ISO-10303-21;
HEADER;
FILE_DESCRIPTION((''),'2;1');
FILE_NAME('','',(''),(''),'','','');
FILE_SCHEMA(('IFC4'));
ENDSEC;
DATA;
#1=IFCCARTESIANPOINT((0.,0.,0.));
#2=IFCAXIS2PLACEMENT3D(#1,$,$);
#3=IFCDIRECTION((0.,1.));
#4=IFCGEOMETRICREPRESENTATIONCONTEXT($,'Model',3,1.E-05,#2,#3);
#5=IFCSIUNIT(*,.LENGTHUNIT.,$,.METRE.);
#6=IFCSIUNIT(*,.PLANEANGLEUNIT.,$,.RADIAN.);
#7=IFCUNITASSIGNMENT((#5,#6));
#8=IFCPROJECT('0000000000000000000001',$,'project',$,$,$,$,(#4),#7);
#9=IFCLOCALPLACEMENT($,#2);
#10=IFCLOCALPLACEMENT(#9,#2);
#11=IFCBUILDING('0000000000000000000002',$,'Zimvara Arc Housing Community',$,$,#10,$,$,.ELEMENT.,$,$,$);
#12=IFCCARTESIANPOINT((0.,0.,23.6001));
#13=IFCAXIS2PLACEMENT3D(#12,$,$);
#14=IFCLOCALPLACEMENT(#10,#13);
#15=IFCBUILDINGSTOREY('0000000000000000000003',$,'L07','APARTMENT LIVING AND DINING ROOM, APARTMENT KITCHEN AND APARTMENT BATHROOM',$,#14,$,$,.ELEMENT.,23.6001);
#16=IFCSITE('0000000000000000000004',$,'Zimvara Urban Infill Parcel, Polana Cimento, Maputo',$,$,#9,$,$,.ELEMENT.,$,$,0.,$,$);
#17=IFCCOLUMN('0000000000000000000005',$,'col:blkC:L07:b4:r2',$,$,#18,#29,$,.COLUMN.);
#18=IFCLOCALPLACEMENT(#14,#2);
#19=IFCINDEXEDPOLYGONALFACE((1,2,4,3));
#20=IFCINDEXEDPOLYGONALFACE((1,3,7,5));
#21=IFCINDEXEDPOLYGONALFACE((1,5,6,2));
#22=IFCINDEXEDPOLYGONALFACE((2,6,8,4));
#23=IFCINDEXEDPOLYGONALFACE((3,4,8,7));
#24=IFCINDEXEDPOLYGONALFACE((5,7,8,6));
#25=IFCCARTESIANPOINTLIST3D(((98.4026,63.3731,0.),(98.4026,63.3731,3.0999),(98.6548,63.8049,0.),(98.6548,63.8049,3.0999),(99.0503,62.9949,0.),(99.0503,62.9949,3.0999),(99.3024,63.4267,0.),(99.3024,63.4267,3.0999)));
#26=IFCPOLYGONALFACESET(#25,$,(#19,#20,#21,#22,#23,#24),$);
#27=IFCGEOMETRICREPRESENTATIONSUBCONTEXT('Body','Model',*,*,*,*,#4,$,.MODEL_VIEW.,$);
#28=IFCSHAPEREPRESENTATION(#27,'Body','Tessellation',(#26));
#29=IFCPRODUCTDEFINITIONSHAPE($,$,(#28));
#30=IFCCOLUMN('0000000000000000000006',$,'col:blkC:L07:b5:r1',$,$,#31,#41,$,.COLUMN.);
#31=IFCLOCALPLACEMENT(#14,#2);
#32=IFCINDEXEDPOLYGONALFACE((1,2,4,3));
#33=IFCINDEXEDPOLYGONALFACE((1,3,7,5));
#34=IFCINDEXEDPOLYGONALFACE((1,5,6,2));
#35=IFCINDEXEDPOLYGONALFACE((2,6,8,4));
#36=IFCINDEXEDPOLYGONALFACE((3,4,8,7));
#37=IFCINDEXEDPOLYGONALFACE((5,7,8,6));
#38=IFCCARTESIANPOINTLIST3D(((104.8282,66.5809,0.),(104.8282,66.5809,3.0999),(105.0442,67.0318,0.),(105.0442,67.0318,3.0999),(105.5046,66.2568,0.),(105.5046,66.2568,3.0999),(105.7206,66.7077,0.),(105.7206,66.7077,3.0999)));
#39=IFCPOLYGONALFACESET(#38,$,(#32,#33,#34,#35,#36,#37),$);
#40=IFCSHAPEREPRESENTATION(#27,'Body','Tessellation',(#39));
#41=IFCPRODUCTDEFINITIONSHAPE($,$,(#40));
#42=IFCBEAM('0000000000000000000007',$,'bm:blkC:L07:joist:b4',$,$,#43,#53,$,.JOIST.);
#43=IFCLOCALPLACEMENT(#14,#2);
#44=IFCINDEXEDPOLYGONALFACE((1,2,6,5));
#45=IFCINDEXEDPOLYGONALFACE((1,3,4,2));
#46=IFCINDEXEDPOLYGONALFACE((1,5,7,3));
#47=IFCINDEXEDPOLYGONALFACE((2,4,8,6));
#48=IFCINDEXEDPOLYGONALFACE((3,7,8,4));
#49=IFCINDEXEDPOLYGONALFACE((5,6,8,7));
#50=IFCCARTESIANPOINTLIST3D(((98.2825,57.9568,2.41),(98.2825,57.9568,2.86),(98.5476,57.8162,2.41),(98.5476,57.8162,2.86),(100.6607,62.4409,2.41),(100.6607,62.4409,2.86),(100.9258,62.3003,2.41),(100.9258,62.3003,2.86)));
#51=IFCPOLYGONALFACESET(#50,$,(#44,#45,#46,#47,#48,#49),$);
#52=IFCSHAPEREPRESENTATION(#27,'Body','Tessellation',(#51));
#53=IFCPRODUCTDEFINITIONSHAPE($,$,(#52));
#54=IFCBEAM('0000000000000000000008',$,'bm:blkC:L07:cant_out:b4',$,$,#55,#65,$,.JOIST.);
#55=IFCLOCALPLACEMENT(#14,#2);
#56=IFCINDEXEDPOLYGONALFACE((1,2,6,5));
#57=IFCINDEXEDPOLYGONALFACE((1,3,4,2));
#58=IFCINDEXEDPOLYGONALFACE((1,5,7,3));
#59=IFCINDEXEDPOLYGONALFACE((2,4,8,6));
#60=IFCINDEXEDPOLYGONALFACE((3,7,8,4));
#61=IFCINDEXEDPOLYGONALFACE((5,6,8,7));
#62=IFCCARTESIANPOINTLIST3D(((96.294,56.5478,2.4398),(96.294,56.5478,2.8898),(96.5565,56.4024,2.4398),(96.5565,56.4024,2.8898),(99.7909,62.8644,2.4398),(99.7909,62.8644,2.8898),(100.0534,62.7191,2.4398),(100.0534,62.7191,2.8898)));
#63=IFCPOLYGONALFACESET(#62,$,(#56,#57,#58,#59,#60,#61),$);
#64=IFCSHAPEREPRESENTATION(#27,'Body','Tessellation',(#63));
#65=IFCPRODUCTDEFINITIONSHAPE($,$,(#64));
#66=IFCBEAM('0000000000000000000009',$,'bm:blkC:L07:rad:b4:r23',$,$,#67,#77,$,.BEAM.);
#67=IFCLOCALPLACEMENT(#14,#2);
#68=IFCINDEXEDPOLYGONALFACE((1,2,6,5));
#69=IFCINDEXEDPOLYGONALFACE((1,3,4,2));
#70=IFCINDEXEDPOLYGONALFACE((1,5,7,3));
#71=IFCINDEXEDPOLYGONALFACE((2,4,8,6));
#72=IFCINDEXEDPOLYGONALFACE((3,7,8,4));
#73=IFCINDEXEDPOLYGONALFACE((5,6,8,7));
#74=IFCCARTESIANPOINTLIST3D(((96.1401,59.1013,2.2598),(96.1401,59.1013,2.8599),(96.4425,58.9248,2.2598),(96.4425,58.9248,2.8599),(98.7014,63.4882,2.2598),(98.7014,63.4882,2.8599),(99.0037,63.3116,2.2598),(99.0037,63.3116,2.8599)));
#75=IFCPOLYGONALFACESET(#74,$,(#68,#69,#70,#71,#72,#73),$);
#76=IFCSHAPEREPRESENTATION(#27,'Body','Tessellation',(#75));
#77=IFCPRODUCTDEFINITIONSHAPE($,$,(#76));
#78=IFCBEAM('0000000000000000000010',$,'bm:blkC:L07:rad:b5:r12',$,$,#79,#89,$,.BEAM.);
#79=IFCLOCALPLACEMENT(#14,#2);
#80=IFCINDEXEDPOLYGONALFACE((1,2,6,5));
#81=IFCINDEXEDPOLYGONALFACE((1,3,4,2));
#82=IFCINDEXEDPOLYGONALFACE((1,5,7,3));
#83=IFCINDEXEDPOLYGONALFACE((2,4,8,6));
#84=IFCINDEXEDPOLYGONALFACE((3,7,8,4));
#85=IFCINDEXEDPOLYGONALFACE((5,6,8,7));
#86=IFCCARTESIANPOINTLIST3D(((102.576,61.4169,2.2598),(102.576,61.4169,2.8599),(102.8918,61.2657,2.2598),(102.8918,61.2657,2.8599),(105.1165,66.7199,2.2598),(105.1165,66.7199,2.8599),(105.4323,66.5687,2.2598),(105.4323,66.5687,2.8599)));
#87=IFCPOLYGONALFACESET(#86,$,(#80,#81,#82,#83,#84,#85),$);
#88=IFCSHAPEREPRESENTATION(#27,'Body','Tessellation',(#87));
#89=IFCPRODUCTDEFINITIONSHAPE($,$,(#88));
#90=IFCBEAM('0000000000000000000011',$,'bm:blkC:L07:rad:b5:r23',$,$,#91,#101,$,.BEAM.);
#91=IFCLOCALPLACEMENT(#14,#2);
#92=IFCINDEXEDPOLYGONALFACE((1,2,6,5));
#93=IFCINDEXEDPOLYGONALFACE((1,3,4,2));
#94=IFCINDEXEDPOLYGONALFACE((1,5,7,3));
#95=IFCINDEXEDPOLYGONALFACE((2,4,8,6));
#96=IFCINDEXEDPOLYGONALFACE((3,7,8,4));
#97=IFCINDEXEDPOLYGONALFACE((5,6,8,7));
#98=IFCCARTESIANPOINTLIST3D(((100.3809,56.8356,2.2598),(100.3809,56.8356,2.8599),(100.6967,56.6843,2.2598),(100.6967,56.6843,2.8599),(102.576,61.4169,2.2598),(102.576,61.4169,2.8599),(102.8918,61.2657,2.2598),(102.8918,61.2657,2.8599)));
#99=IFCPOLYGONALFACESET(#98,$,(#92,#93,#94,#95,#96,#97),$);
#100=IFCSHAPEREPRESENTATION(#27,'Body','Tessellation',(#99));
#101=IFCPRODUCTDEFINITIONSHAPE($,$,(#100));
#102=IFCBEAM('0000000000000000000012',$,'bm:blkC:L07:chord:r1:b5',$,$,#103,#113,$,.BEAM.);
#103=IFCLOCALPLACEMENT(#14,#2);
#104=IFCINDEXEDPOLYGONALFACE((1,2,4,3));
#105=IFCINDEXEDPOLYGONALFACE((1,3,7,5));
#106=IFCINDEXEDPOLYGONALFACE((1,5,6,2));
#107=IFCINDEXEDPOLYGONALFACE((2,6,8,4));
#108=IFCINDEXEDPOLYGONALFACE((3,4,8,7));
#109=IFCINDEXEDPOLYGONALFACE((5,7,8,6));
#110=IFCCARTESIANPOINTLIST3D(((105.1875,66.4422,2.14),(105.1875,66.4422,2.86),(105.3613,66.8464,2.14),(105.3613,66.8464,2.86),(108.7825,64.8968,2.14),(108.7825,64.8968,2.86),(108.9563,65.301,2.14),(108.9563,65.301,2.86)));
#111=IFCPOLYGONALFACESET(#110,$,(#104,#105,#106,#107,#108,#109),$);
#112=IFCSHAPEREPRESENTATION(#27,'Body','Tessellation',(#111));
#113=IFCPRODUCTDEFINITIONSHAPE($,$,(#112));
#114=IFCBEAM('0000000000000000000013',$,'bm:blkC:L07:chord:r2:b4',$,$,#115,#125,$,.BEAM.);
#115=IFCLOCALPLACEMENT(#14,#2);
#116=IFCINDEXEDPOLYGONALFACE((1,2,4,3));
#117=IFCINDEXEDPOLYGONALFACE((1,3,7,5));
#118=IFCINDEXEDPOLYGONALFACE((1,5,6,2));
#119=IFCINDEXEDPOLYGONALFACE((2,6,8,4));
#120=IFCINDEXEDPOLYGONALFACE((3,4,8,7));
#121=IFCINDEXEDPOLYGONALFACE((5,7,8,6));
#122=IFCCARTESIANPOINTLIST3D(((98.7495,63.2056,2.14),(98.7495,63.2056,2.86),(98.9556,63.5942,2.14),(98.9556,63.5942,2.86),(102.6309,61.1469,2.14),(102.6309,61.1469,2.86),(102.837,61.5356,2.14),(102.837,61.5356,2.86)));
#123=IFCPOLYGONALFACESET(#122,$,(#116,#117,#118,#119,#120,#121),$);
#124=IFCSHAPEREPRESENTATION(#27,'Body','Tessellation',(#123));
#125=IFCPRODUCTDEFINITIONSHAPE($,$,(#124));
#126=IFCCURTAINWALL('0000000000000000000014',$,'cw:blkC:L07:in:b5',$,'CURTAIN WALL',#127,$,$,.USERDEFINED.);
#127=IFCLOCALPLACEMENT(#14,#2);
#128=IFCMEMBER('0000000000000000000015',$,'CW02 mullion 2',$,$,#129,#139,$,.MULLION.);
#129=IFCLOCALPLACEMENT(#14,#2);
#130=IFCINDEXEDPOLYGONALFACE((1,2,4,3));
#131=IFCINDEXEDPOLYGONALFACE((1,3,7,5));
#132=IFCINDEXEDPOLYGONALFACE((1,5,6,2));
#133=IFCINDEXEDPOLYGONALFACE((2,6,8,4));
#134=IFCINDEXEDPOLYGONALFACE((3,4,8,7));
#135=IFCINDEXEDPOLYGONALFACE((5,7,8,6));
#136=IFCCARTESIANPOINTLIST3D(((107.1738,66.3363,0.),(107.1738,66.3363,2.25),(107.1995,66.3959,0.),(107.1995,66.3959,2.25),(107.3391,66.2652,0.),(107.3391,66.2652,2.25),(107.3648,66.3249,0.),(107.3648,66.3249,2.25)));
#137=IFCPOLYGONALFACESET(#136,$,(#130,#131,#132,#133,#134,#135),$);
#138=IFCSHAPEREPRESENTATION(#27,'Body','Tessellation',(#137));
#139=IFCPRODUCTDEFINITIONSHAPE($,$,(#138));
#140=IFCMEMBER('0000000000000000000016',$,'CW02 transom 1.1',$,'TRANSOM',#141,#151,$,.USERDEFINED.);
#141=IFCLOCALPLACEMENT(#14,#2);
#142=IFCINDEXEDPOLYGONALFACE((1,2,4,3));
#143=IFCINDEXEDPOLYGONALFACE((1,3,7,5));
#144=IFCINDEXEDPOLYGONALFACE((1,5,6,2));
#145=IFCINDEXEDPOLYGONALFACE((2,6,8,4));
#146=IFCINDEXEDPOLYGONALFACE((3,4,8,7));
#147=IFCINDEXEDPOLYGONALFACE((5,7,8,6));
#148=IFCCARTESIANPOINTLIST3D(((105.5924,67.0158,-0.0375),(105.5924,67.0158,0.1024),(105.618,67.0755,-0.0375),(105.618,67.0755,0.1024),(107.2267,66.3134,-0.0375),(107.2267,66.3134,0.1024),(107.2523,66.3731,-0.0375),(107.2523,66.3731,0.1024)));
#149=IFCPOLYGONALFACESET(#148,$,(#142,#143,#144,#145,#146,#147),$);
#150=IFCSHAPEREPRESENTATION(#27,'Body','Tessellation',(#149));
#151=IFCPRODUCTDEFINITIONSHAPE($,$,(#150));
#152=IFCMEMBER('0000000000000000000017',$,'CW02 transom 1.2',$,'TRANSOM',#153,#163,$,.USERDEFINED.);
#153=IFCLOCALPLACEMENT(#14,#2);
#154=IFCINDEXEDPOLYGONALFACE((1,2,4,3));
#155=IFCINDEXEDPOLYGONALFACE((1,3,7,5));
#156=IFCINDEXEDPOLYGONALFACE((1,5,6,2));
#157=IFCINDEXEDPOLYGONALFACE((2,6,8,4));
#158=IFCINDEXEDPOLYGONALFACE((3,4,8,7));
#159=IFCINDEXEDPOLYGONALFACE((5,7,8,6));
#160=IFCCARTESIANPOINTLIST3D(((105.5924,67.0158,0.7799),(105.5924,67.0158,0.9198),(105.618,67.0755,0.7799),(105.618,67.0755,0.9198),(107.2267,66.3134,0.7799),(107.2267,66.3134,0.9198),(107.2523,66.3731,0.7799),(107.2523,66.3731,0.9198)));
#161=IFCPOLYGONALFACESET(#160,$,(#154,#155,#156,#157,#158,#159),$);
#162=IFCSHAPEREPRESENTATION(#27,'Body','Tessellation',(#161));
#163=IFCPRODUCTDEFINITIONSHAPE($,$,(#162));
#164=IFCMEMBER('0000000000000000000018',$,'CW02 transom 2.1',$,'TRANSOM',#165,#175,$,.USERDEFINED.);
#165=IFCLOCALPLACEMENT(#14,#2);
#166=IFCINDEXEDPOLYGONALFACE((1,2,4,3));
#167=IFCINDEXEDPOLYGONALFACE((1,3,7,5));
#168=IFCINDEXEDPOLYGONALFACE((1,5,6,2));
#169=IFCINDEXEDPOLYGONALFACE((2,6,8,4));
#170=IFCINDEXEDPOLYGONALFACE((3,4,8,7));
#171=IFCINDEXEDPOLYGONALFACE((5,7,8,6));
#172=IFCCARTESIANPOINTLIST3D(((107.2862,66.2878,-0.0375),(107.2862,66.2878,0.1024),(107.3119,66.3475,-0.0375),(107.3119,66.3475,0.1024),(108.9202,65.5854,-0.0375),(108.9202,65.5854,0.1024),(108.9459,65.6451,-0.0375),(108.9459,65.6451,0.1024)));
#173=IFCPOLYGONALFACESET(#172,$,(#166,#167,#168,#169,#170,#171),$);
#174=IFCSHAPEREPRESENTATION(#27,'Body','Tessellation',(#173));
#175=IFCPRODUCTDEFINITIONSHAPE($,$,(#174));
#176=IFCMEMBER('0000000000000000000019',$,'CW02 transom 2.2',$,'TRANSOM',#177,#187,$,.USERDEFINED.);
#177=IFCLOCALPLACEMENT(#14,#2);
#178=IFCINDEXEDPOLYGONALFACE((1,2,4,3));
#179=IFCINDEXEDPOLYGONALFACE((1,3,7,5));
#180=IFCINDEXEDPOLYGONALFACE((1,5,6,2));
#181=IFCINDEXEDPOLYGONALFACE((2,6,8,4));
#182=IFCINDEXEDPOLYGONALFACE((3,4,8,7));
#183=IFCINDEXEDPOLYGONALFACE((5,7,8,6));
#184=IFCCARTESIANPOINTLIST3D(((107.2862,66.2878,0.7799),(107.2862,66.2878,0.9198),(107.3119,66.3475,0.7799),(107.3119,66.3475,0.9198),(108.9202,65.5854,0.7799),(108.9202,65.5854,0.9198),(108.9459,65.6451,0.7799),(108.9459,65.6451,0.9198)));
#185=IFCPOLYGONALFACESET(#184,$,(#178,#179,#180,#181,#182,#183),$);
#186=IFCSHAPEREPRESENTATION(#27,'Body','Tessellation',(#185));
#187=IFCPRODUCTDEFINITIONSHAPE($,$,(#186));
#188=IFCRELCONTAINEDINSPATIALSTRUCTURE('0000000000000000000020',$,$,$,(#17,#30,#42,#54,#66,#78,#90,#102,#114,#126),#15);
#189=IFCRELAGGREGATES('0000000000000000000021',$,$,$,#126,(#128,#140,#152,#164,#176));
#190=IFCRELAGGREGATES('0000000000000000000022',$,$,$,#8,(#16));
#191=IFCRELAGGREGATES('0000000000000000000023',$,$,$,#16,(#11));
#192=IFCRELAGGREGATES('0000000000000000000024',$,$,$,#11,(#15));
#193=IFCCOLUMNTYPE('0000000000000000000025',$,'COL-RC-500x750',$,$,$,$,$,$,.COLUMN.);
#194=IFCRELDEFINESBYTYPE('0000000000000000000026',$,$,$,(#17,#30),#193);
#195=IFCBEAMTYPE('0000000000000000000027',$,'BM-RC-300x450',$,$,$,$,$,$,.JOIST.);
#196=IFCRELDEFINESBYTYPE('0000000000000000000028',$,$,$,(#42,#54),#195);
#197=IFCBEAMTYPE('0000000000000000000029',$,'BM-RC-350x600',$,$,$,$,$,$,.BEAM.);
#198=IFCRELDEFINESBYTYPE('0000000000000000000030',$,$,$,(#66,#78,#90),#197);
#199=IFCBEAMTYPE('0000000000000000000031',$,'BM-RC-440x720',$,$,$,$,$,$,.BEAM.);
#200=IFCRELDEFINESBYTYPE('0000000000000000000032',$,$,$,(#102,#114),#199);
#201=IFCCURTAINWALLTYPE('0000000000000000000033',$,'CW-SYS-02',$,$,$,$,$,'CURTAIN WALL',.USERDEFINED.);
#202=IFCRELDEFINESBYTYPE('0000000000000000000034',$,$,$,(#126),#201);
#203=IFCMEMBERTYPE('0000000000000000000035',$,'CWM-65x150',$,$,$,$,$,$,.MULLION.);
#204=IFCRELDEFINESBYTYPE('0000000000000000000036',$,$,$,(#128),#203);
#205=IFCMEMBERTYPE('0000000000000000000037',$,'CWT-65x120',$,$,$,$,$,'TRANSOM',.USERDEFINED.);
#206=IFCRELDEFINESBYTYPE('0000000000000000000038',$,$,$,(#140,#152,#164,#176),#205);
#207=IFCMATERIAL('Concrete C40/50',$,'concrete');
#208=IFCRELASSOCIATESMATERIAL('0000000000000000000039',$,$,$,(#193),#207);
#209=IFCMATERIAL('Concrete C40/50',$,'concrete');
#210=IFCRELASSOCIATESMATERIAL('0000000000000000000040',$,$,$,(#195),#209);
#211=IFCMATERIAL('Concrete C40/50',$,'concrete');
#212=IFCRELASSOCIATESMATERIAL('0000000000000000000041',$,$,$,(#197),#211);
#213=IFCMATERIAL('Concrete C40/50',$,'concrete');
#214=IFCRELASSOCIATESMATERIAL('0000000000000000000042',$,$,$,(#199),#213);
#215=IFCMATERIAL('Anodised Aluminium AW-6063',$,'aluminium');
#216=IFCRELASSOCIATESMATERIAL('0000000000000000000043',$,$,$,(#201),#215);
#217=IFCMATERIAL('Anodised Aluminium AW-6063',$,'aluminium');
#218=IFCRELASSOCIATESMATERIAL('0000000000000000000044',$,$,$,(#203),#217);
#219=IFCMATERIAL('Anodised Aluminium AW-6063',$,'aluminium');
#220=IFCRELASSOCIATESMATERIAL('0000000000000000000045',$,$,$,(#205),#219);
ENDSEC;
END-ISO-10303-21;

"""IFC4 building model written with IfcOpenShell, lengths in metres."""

from ifc_helpers import new_model, si_unit, direction, frame, origin, origin_2d, place, context, subcontext, project, spatial, rectangle, extrude, material, material_profile, profile_set, type_object, element, aggregate, save


model = new_model("IFC4")

# Units and contexts
model_context = context("Model", 3, precision=1e-05, world=origin(), true_north=direction((0.0, 1.0)))
body_context = subcontext(model_context, "Body", "Model", "MODEL_VIEW")
ifc_project = project(units=[si_unit("LENGTHUNIT", "METRE"), si_unit("PLANEANGLEUNIT", "RADIAN")], contexts=[model_context])

# Site, building, storey
site_placement = place(None, origin())
site = spatial("IfcSite", under=ifc_project, at=site_placement, Name="Zimvara Urban Infill Parcel, Polana Cimento, Maputo", CompositionType="ELEMENT", RefElevation=0.0)
building_placement = place(site_placement, origin())
building = spatial("IfcBuilding", under=site, at=building_placement, Name="Zimvara Arc Housing Community", CompositionType="ELEMENT")
storey_placement = place(building_placement, frame((0.0, 0.0, 23.6001)))
storey = spatial("IfcBuildingStorey", under=building, at=storey_placement, Name="L07", Description="APARTMENT LIVING AND DINING ROOM, APARTMENT KITCHEN AND APARTMENT BATHROOM", CompositionType="ELEMENT", Elevation=23.6001)

# Columns
ifc_material_1 = material(Name="Concrete C40/50", Category="concrete")
ifc_material_profile_1 = material_profile(ifc_material_1, rectangle(XDim=0.5, YDim=0.75, at=origin_2d()), Name="RC 500x750")
ifc_profile_set_1 = profile_set([ifc_material_profile_1], Name="Concrete C40/50")
column_type = type_object("IfcColumnType", Name="COL-RC-500x750", PredefinedType="COLUMN", material=ifc_profile_set_1)
for number, where, z_axis, x_axis, name in (
    (1, (98.8525, 63.3999, 0.0), (0.0, 0.0, 1.0), (-0.504226, -0.863572, 0.0), "col:blkC:L07:b4:r2"),
    (2, (105.2744, 66.6443, 0.0), (0.0, 0.0, 1.0), (-0.432086, -0.901833, 0.0), "col:blkC:L07:b5:r1"),
):
    element("IfcColumn", number, at=place(storey_placement, frame(where, z_axis=z_axis, x_axis=x_axis)), inside=storey, type_object=column_type, Name=name, PredefinedType="COLUMN", context=body_context, shape_type="SweptSolid", body=[
        extrude(rectangle(XDim=0.5, YDim=0.75, at=origin_2d()), origin(), (0.0, 0.0, 1.0), 3.0999),
    ])

# Beams
ifc_material_2 = material(Name="Concrete C40/50", Category="concrete")
ifc_material_profile_2 = material_profile(ifc_material_2, rectangle(XDim=0.3, YDim=0.45, at=origin_2d()), Name="RC 300x450")
ifc_profile_set_2 = profile_set([ifc_material_profile_2], Name="Concrete C40/50")
beam_type_1 = type_object("IfcBeamType", Name="BM-RC-300x450", PredefinedType="JOIST", material=ifc_profile_set_2)
beam_1_placement = place(storey_placement, frame((100.7932, 62.3706, 2.635), z_axis=(-0.468537, -0.883444, 0.0), x_axis=(0.883444, -0.468537, 0.0)))
element("IfcBeam", 3, at=beam_1_placement, inside=storey, type_object=beam_type_1, Name="bm:blkC:L07:joist:b4", PredefinedType="JOIST", context=body_context, shape_type="SweptSolid", body=[
    extrude(rectangle(XDim=0.3, YDim=0.45, at=origin_2d()), origin(), (0.0, 0.0, 1.0), 5.0757),
])
beam_2_placement = place(storey_placement, frame((99.9221, 62.7917, 2.6648), z_axis=(-0.484327, -0.874887, 0.0), x_axis=(0.874887, -0.484327, 0.0)))
element("IfcBeam", 4, at=beam_2_placement, inside=storey, type_object=beam_type_1, Name="bm:blkC:L07:cant_out:b4", PredefinedType="JOIST", context=body_context, shape_type="SweptSolid", body=[
    extrude(rectangle(XDim=0.3, YDim=0.45, at=origin_2d()), origin(), (0.0, 0.0, 1.0), 7.22),
])
ifc_material_3 = material(Name="Concrete C40/50", Category="concrete")
ifc_material_profile_3 = material_profile(ifc_material_3, rectangle(XDim=0.3501, YDim=0.6001, at=origin_2d()), Name="RC 350x600")
ifc_profile_set_3 = profile_set([ifc_material_profile_3], Name="Concrete C40/50")
beam_type_2 = type_object("IfcBeamType", Name="BM-RC-350x600", PredefinedType="BEAM", material=ifc_profile_set_3)
beam_3_placement = place(storey_placement, frame((98.8525, 63.3999, 2.5598), z_axis=(-0.504197, -0.863589, 0.0), x_axis=(0.863589, -0.504197, 0.0)))
element("IfcBeam", 5, at=beam_3_placement, inside=storey, type_object=beam_type_2, Name="bm:blkC:L07:rad:b4:r23", PredefinedType="BEAM", context=body_context, shape_type="SweptSolid", body=[
    extrude(rectangle(XDim=0.3501, YDim=0.6001, at=origin_2d()), origin(), (0.0, 0.0, 1.0), 5.0798),
])
beam_4_placement = place(storey_placement, frame((105.2744, 66.6443, 2.5598), z_axis=(-0.432053, -0.901848, 0.0), x_axis=(0.901848, -0.432053, 0.0)))
element("IfcBeam", 6, at=beam_4_placement, inside=storey, type_object=beam_type_2, Name="bm:blkC:L07:rad:b5:r12", PredefinedType="BEAM", context=body_context, shape_type="SweptSolid", body=[
    extrude(rectangle(XDim=0.3501, YDim=0.6001, at=origin_2d()), origin(), (0.0, 0.0, 1.0), 5.8801),
])
beam_5_placement = place(storey_placement, frame((102.7339, 61.3413, 2.5598), z_axis=(-0.432098, -0.901827, 0.0), x_axis=(0.901827, -0.432098, 0.0)))
element("IfcBeam", 7, at=beam_5_placement, inside=storey, type_object=beam_type_2, Name="bm:blkC:L07:rad:b5:r23", PredefinedType="BEAM", context=body_context, shape_type="SweptSolid", body=[
    extrude(rectangle(XDim=0.3501, YDim=0.6001, at=origin_2d()), origin(), (0.0, 0.0, 1.0), 5.0801),
])
ifc_material_4 = material(Name="Concrete C40/50", Category="concrete")
ifc_material_profile_4 = material_profile(ifc_material_4, rectangle(XDim=0.4399, YDim=0.72, at=origin_2d()), Name="RC 440x720")
ifc_profile_set_4 = profile_set([ifc_material_profile_4], Name="Concrete C40/50")
beam_type_3 = type_object("IfcBeamType", Name="BM-RC-440x720", PredefinedType="BEAM", material=ifc_profile_set_4)
beam_6_placement = place(storey_placement, frame((105.2744, 66.6443, 2.5), z_axis=(0.918709, -0.394936, 0.0), x_axis=(0.394936, 0.918709, 0.0)))
element("IfcBeam", 8, at=beam_6_placement, inside=storey, type_object=beam_type_3, Name="bm:blkC:L07:chord:r1:b5", PredefinedType="BEAM", context=body_context, shape_type="SweptSolid", body=[
    extrude(rectangle(XDim=0.4399, YDim=0.72, at=origin_2d()), origin(), (0.0, 0.0, 1.0), 3.9131),
])
beam_7_placement = place(storey_placement, frame((98.8525, 63.3999, 2.5), z_axis=(0.883434, -0.468557, 0.0), x_axis=(0.468557, 0.883434, 0.0)))
element("IfcBeam", 9, at=beam_7_placement, inside=storey, type_object=beam_type_3, Name="bm:blkC:L07:chord:r2:b4", PredefinedType="BEAM", context=body_context, shape_type="SweptSolid", body=[
    extrude(rectangle(XDim=0.4399, YDim=0.72, at=origin_2d()), origin(), (0.0, 0.0, 1.0), 4.3936),
])

# Curtain wall, members
ifc_material_5 = material(Name="Anodised Aluminium AW-6063", Category="aluminium")
curtain_wall_type = type_object("IfcCurtainWallType", Name="CW-SYS-02", ElementType="CURTAIN WALL", PredefinedType="USERDEFINED", material=ifc_material_5)
curtain_wall_placement = place(storey_placement, origin())
curtain_wall = element("IfcCurtainWall", 10, at=curtain_wall_placement, inside=storey, type_object=curtain_wall_type, Name="cw:blkC:L07:in:b5", ObjectType="CURTAIN WALL", PredefinedType="USERDEFINED")
ifc_material_6 = material(Name="Anodised Aluminium AW-6063", Category="aluminium")
ifc_material_profile_5 = material_profile(ifc_material_6, rectangle(XDim=0.0649, YDim=0.1799, at=origin_2d()), Name="ALU 65x180")
ifc_profile_set_5 = profile_set([ifc_material_profile_5], Name="Anodised Aluminium AW-6063")
member_type_1 = type_object("IfcMemberType", Name="CWM-65x150", PredefinedType="MULLION", material=ifc_profile_set_5)
member_1_placement = place(storey_placement, frame((107.2693, 66.3306, 0.0), z_axis=(0.0, 0.0, 1.0), x_axis=(0.394904, 0.918722, 0.0)))
member_1 = element("IfcMember", 11, at=member_1_placement, type_object=member_type_1, Name="CW02 mullion 2", PredefinedType="MULLION", context=body_context, shape_type="SweptSolid", body=[
    extrude(rectangle(XDim=0.0649, YDim=0.1799, at=origin_2d()), origin(), (0.0, 0.0, 1.0), 2.25),
])
ifc_material_7 = material(Name="Anodised Aluminium AW-6063", Category="aluminium")
ifc_material_profile_6 = material_profile(ifc_material_7, rectangle(XDim=0.0649, YDim=0.1399, at=origin_2d()), Name="ALU 65x140")
ifc_profile_set_6 = profile_set([ifc_material_profile_6], Name="Anodised Aluminium AW-6063")
member_type_2 = type_object("IfcMemberType", Name="CWT-65x120", ElementType="TRANSOM", PredefinedType="USERDEFINED", material=ifc_profile_set_6)
member_2_placement = place(storey_placement, frame((105.6052, 67.0457, 0.0325), z_axis=(0.91874, -0.394863, 0.0), x_axis=(0.394863, 0.91874, 0.0)))
member_2 = element("IfcMember", 12, at=member_2_placement, type_object=member_type_2, Name="CW02 transom 1.1", ObjectType="TRANSOM", PredefinedType="USERDEFINED", context=body_context, shape_type="SweptSolid", body=[
    extrude(rectangle(XDim=0.0649, YDim=0.1399, at=origin_2d()), origin(), (0.0, 0.0, 1.0), 1.7788),
])
member_3_placement = place(storey_placement, frame((105.6052, 67.0457, 0.8499), z_axis=(0.91874, -0.394863, 0.0), x_axis=(0.394863, 0.91874, 0.0)))
member_3 = element("IfcMember", 13, at=member_3_placement, type_object=member_type_2, Name="CW02 transom 1.2", ObjectType="TRANSOM", PredefinedType="USERDEFINED", context=body_context, shape_type="SweptSolid", body=[
    extrude(rectangle(XDim=0.0649, YDim=0.1399, at=origin_2d()), origin(), (0.0, 0.0, 1.0), 1.7788),
])
member_4_placement = place(storey_placement, frame((107.2991, 66.3176, 0.0325), z_axis=(0.918718, -0.394913, 0.0), x_axis=(0.394913, 0.918718, 0.0)))
member_4 = element("IfcMember", 14, at=member_4_placement, type_object=member_type_2, Name="CW02 transom 2.1", ObjectType="TRANSOM", PredefinedType="USERDEFINED", context=body_context, shape_type="SweptSolid", body=[
    extrude(rectangle(XDim=0.0649, YDim=0.1399, at=origin_2d()), origin(), (0.0, 0.0, 1.0), 1.7786),
])
member_5_placement = place(storey_placement, frame((107.2991, 66.3176, 0.8499), z_axis=(0.918718, -0.394913, 0.0), x_axis=(0.394913, 0.918718, 0.0)))
member_5 = element("IfcMember", 15, at=member_5_placement, type_object=member_type_2, Name="CW02 transom 2.2", ObjectType="TRANSOM", PredefinedType="USERDEFINED", context=body_context, shape_type="SweptSolid", body=[
    extrude(rectangle(XDim=0.0649, YDim=0.1399, at=origin_2d()), origin(), (0.0, 0.0, 1.0), 1.7786),
])
aggregate(curtain_wall, [member_1, member_2, member_3, member_4, member_5])

save(model, "model.ifc")
